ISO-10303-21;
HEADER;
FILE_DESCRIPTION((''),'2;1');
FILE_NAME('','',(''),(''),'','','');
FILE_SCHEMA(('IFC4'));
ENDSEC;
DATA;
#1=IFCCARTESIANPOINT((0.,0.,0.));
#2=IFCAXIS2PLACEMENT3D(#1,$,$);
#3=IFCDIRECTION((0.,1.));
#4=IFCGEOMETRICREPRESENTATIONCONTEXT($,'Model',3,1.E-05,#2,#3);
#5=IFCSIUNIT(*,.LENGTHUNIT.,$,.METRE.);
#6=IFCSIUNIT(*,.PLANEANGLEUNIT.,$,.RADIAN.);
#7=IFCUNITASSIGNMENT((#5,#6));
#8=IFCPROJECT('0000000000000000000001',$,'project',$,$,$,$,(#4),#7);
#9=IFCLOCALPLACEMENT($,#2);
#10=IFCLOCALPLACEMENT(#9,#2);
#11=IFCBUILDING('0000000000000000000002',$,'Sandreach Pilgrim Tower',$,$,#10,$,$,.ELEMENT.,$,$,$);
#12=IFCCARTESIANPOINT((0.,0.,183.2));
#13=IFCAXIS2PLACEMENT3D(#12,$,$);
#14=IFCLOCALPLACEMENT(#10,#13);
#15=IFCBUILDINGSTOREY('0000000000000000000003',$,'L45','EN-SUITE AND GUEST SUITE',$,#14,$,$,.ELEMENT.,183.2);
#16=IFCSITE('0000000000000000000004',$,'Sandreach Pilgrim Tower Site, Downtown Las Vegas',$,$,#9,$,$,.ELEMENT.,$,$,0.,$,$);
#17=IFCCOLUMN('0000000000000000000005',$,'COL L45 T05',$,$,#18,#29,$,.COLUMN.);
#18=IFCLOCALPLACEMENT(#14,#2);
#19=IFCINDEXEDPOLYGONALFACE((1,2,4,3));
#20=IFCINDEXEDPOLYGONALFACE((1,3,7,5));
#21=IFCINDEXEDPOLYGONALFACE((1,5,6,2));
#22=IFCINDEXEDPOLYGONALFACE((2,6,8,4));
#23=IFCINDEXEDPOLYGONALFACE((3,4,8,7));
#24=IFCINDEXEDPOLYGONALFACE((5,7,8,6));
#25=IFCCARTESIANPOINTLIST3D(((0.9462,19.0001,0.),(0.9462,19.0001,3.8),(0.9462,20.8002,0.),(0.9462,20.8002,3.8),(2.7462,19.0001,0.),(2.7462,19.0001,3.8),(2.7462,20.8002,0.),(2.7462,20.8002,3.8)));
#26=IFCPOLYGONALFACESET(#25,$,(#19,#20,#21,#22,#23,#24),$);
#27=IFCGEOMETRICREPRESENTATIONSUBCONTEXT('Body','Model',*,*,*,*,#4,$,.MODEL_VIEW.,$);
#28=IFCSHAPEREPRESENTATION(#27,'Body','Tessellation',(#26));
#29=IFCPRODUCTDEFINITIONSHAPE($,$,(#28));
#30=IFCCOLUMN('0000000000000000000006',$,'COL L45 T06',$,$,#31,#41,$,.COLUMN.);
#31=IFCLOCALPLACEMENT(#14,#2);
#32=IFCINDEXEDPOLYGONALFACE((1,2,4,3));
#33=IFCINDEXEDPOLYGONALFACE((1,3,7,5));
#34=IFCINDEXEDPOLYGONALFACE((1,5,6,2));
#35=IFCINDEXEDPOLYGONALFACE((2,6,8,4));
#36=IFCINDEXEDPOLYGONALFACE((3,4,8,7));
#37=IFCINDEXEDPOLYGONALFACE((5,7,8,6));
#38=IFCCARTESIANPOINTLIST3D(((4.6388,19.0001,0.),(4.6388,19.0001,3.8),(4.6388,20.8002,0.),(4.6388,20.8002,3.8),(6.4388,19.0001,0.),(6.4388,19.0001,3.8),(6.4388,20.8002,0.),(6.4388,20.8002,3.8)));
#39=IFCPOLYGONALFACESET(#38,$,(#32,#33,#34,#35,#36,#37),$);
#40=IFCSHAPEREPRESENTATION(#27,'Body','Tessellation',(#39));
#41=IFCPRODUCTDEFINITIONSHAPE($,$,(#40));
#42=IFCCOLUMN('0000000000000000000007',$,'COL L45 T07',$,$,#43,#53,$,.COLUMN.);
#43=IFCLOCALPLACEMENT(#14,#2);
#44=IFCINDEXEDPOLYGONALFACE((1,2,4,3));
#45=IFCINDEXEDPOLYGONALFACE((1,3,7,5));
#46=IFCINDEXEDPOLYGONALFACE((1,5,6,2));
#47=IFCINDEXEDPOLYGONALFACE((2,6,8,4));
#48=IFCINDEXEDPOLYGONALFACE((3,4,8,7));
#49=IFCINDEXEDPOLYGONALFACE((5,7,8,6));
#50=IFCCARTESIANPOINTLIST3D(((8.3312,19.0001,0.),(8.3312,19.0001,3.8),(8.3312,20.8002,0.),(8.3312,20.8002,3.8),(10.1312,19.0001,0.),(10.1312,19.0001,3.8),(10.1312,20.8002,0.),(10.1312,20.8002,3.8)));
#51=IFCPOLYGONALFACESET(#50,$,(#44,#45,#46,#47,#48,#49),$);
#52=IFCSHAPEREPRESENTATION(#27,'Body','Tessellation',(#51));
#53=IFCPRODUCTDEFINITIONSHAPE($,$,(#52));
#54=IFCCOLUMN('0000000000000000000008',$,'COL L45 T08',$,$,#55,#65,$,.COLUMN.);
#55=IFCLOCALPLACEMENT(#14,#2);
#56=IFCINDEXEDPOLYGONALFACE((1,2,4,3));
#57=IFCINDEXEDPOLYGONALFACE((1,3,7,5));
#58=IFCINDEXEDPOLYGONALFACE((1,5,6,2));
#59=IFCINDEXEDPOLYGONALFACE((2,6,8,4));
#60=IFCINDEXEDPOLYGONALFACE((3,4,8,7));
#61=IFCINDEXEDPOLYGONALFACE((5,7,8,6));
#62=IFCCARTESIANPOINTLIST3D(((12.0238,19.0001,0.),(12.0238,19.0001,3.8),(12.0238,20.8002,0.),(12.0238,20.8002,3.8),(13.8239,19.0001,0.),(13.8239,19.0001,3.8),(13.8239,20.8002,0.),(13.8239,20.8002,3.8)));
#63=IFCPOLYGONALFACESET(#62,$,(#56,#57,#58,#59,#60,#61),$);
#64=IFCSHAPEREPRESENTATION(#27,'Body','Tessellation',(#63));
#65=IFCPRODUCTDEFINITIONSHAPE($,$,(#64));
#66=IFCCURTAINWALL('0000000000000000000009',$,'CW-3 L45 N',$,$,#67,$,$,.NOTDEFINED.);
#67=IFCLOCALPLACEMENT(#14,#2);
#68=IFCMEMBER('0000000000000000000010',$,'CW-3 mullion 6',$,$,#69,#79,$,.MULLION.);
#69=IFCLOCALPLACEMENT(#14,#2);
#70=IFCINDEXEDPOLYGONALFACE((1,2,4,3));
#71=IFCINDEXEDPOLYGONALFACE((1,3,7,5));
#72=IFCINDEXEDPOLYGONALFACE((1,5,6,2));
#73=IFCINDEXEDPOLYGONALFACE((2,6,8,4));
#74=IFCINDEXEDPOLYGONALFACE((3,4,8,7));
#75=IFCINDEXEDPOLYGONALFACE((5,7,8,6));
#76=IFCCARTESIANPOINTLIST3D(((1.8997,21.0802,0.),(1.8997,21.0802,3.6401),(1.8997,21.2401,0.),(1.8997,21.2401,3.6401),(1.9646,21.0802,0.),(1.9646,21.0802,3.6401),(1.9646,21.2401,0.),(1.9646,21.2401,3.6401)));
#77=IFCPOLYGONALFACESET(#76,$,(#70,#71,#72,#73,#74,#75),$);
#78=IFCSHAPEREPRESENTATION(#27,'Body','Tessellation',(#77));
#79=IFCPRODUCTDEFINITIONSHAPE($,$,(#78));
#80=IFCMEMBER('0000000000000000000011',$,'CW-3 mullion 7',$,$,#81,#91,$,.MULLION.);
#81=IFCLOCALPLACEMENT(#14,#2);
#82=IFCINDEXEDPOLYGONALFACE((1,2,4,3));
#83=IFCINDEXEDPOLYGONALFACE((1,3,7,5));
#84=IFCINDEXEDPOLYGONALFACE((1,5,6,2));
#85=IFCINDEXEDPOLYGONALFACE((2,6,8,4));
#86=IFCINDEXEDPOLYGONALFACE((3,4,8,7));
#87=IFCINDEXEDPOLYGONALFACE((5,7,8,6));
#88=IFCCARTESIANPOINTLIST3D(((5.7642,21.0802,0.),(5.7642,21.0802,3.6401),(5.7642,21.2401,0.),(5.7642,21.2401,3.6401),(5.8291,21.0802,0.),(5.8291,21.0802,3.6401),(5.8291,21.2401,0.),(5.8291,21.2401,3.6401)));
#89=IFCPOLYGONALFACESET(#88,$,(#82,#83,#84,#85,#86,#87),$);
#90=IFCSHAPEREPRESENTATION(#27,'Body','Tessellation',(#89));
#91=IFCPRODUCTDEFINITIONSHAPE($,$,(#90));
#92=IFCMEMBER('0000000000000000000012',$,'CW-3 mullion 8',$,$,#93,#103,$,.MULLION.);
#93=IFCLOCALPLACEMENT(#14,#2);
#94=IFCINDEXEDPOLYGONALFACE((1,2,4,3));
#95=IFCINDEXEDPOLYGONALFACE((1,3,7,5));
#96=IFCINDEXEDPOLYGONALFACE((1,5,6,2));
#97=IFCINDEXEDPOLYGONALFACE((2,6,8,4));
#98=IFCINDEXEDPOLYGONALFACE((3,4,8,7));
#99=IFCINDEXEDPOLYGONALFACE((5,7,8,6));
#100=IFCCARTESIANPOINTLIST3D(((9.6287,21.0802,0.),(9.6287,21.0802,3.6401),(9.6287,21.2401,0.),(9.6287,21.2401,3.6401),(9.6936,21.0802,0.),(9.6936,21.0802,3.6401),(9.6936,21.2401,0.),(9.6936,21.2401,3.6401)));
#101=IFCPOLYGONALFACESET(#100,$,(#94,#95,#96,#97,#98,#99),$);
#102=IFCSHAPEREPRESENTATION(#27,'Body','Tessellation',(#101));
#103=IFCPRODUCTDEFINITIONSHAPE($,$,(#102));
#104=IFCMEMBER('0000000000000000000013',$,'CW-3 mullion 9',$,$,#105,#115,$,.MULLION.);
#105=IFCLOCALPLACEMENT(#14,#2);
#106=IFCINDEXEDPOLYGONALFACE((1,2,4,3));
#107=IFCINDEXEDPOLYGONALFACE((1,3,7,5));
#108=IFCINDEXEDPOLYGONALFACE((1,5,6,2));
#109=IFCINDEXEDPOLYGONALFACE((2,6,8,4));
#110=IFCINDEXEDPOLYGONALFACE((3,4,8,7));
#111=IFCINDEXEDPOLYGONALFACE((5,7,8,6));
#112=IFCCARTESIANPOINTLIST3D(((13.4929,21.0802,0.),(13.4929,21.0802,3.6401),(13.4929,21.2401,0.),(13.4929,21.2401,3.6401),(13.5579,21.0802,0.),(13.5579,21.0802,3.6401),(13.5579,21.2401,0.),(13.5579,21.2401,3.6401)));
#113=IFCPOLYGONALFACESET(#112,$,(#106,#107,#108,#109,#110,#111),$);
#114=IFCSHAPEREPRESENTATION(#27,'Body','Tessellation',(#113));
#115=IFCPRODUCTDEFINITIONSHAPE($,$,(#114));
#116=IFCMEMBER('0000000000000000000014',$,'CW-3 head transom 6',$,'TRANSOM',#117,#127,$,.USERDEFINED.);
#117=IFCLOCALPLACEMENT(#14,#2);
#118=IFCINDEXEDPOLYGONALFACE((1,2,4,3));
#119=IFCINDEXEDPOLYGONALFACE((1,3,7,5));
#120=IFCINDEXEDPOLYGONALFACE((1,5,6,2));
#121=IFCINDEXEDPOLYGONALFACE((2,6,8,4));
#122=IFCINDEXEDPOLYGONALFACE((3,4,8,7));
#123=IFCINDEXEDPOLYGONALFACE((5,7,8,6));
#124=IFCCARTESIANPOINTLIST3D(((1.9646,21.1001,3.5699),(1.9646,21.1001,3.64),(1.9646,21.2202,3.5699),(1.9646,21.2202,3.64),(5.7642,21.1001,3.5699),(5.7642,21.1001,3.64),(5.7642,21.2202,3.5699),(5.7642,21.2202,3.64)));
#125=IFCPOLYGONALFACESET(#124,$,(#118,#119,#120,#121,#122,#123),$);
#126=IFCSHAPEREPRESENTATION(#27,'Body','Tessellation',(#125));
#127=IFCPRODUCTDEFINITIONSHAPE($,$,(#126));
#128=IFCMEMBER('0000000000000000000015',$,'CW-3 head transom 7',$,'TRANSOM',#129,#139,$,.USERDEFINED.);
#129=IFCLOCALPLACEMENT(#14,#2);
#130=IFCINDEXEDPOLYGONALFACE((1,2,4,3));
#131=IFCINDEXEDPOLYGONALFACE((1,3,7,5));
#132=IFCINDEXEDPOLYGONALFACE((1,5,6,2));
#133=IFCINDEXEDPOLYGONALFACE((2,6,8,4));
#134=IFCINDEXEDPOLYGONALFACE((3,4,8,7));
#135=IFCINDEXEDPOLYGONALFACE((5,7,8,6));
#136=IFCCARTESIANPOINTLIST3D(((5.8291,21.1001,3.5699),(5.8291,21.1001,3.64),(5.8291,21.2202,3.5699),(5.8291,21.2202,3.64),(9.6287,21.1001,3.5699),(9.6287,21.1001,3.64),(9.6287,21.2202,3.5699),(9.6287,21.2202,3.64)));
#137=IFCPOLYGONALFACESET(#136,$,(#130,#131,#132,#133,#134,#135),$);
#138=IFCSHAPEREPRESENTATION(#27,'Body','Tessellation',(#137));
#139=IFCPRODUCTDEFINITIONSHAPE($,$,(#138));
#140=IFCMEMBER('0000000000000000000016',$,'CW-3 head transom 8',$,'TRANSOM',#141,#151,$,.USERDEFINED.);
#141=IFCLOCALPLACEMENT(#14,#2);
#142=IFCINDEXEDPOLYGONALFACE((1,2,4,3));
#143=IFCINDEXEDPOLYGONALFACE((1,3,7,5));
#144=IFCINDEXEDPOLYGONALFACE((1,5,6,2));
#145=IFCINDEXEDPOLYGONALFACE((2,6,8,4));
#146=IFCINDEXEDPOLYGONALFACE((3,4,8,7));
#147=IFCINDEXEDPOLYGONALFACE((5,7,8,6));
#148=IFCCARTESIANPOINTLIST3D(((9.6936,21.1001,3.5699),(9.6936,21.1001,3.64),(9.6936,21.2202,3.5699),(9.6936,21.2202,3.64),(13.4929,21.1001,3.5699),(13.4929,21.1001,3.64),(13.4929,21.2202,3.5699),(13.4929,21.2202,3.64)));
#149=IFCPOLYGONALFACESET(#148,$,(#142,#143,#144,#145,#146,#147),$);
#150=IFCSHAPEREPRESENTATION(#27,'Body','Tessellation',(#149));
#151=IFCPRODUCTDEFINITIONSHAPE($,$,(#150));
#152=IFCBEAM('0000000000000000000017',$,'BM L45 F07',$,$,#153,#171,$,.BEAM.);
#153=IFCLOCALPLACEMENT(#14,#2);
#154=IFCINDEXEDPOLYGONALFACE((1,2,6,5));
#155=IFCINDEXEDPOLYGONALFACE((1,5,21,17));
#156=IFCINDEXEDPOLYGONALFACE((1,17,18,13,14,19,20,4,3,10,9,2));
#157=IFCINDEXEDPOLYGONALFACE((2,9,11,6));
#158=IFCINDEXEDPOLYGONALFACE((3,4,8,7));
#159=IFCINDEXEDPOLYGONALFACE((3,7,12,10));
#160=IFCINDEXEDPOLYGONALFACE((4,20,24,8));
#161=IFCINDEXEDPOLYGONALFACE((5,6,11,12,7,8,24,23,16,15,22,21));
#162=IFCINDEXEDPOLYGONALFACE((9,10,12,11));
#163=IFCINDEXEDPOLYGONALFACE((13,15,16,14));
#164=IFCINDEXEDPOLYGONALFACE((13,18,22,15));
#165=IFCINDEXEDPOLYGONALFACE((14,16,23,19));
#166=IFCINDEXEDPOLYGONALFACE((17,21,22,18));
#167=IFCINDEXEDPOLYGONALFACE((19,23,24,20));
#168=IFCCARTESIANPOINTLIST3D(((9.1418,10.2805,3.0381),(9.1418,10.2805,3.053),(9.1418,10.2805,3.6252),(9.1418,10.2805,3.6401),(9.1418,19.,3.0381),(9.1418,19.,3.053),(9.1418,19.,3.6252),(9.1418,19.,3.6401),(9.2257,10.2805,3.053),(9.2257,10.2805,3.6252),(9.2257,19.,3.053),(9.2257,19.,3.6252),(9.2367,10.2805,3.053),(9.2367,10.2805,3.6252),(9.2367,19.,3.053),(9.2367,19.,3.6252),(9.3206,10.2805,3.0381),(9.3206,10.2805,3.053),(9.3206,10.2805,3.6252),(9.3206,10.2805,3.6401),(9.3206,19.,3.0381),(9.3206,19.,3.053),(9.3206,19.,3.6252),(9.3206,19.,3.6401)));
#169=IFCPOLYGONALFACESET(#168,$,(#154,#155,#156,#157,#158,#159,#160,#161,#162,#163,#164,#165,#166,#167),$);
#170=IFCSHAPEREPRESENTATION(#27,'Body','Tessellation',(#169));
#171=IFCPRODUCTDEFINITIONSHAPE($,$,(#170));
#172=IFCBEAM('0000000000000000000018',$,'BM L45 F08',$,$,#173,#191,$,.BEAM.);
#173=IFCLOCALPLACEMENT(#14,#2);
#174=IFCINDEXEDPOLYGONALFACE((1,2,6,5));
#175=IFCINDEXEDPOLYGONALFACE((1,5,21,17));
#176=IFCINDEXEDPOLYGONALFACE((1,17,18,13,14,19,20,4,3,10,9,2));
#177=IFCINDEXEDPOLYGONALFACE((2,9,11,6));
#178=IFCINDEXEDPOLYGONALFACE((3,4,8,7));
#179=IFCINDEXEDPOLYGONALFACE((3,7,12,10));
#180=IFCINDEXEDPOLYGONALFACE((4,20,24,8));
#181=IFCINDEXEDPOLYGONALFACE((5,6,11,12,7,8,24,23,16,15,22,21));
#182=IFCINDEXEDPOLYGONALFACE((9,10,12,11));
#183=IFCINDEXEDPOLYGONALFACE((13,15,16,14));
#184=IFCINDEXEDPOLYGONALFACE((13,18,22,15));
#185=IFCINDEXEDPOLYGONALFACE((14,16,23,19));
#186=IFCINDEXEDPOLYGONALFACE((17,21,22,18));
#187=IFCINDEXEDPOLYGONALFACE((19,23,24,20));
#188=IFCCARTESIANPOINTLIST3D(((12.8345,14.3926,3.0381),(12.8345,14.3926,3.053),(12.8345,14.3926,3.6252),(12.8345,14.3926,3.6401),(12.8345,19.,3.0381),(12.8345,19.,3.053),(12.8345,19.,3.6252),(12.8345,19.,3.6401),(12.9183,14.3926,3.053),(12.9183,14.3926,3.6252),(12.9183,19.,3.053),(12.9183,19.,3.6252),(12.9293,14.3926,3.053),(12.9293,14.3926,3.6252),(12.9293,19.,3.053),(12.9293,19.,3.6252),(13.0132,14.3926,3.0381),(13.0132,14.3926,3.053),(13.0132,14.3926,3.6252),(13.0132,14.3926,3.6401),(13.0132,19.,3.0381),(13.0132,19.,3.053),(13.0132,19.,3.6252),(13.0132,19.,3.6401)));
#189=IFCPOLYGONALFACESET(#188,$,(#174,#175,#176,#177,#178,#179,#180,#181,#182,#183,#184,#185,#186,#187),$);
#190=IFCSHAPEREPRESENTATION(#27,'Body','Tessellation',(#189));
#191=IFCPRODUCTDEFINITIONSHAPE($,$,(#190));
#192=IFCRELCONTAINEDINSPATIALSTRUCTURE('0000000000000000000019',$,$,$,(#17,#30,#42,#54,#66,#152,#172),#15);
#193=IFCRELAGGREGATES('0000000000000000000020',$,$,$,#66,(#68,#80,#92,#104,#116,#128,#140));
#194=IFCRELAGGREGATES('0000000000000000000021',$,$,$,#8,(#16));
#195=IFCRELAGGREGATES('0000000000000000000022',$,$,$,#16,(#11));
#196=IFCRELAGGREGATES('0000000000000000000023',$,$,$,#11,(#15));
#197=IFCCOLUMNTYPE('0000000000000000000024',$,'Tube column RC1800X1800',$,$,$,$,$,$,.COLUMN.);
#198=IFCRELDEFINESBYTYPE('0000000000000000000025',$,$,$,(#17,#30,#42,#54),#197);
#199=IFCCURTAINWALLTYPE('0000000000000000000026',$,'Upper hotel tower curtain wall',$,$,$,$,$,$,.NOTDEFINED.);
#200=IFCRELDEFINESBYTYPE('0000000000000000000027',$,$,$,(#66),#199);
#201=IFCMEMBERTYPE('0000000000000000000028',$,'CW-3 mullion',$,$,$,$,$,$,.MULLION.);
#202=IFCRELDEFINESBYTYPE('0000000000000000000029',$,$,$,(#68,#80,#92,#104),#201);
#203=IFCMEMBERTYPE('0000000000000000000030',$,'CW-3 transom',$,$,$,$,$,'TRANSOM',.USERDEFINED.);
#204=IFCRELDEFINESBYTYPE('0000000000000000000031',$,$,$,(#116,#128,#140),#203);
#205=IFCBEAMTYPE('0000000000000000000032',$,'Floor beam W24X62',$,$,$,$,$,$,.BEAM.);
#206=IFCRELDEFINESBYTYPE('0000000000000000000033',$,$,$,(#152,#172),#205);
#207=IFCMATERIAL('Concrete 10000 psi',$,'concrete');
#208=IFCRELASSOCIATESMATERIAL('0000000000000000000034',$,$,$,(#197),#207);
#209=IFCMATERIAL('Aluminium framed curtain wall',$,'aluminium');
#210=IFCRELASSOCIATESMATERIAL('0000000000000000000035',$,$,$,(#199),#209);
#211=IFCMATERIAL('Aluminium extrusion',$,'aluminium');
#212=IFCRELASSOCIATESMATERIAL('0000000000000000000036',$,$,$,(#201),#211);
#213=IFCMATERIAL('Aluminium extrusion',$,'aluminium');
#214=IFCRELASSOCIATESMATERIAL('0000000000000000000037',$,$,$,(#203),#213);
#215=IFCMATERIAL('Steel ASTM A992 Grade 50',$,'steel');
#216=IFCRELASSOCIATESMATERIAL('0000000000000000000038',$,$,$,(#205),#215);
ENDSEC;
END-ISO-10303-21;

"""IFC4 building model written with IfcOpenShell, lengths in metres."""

from ifc_helpers import new_model, si_unit, direction, frame, origin, origin_2d, place, context, subcontext, project, spatial, rectangle, i_section, extrude, material, material_profile, profile_set, type_object, element, aggregate, save


model = new_model("IFC4")

# Units and contexts
model_context = context("Model", 3, precision=1e-05, world=origin(), true_north=direction((0.0, 1.0)))
body_context = subcontext(model_context, "Body", "Model", "MODEL_VIEW")
ifc_project = project(units=[si_unit("LENGTHUNIT", "METRE"), si_unit("PLANEANGLEUNIT", "RADIAN")], contexts=[model_context])

# Site, building, storey
site_placement = place(None, origin())
site = spatial("IfcSite", under=ifc_project, at=site_placement, Name="Sandreach Pilgrim Tower Site, Downtown Las Vegas", CompositionType="ELEMENT", RefElevation=0.0)
building_placement = place(site_placement, origin())
building = spatial("IfcBuilding", under=site, at=building_placement, Name="Sandreach Pilgrim Tower", CompositionType="ELEMENT")
storey_placement = place(building_placement, frame((0.0, 0.0, 183.2)))
storey = spatial("IfcBuildingStorey", under=building, at=storey_placement, Name="L45", Description="EN-SUITE AND GUEST SUITE", CompositionType="ELEMENT", Elevation=183.2)

# Columns
ifc_material_1 = material(Name="Concrete 10000 psi", Category="concrete")
ifc_material_profile_1 = material_profile(ifc_material_1, rectangle(XDim=1.8, YDim=1.8, at=origin_2d()), Name="RC1800X1800")
ifc_profile_set_1 = profile_set([ifc_material_profile_1], Name="Concrete 10000 psi")
column_type = type_object("IfcColumnType", Name="Tube column RC1800X1800", PredefinedType="COLUMN", material=ifc_profile_set_1)
for number, where, z_axis, x_axis, name in (
    (1, (1.8462, 19.9001, 0.0), (0.0, 0.0, 1.0), (0.0, 1.0, 0.0), "COL L45 T05"),
    (2, (5.5388, 19.9001, 0.0), (0.0, 0.0, 1.0), (0.0, 1.0, 0.0), "COL L45 T06"),
    (3, (9.2312, 19.9001, 0.0), (0.0, 0.0, 1.0), (0.0, 1.0, 0.0), "COL L45 T07"),
    (4, (12.9238, 19.9001, 0.0), (0.0, 0.0, 1.0), (0.0, 1.0, 0.0), "COL L45 T08"),
):
    element("IfcColumn", number, at=place(storey_placement, frame(where, z_axis=z_axis, x_axis=x_axis)), inside=storey, type_object=column_type, Name=name, PredefinedType="COLUMN", context=body_context, shape_type="SweptSolid", body=[
        extrude(rectangle(XDim=1.8, YDim=1.8, at=origin_2d()), origin(), (0.0, 0.0, 1.0), 3.8),
    ])

# Curtain wall, members
ifc_material_2 = material(Name="Aluminium framed curtain wall", Category="aluminium")
curtain_wall_type = type_object("IfcCurtainWallType", Name="Upper hotel tower curtain wall", PredefinedType="NOTDEFINED", material=ifc_material_2)
curtain_wall_placement = place(storey_placement, origin())
curtain_wall = element("IfcCurtainWall", 5, at=curtain_wall_placement, inside=storey, type_object=curtain_wall_type, Name="CW-3 L45 N", PredefinedType="NOTDEFINED")
ifc_material_3 = material(Name="Aluminium extrusion", Category="aluminium")
ifc_material_profile_2 = material_profile(ifc_material_3, rectangle(XDim=0.0649, YDim=0.1599, at=origin_2d()), Name="CW-3M 65X160")
ifc_profile_set_2 = profile_set([ifc_material_profile_2], Name="Aluminium extrusion")
member_type_1 = type_object("IfcMemberType", Name="CW-3 mullion", PredefinedType="MULLION", material=ifc_profile_set_2)
member_1_placement = place(storey_placement, frame((1.9321, 21.1602, 0.0), z_axis=(0.0, 0.0, 1.0), x_axis=(1.0, 0.0, 0.0)))
member_1 = element("IfcMember", 6, at=member_1_placement, type_object=member_type_1, Name="CW-3 mullion 6", PredefinedType="MULLION", context=body_context, shape_type="SweptSolid", body=[
    extrude(rectangle(XDim=0.0649, YDim=0.1599, at=origin_2d()), origin(), (0.0, 0.0, 1.0), 3.6401),
])
member_2_placement = place(storey_placement, frame((5.7966, 21.1602, 0.0), z_axis=(0.0, 0.0, 1.0), x_axis=(1.0, 0.0, 0.0)))
member_2 = element("IfcMember", 7, at=member_2_placement, type_object=member_type_1, Name="CW-3 mullion 7", PredefinedType="MULLION", context=body_context, shape_type="SweptSolid", body=[
    extrude(rectangle(XDim=0.0649, YDim=0.1599, at=origin_2d()), origin(), (0.0, 0.0, 1.0), 3.6401),
])
member_3_placement = place(storey_placement, frame((9.6611, 21.1602, 0.0), z_axis=(0.0, 0.0, 1.0), x_axis=(1.0, 0.0, 0.0)))
member_3 = element("IfcMember", 8, at=member_3_placement, type_object=member_type_1, Name="CW-3 mullion 8", PredefinedType="MULLION", context=body_context, shape_type="SweptSolid", body=[
    extrude(rectangle(XDim=0.0649, YDim=0.1599, at=origin_2d()), origin(), (0.0, 0.0, 1.0), 3.6401),
])
member_4_placement = place(storey_placement, frame((13.5254, 21.1602, 0.0), z_axis=(0.0, 0.0, 1.0), x_axis=(1.0, 0.0, 0.0)))
member_4 = element("IfcMember", 9, at=member_4_placement, type_object=member_type_1, Name="CW-3 mullion 9", PredefinedType="MULLION", context=body_context, shape_type="SweptSolid", body=[
    extrude(rectangle(XDim=0.0649, YDim=0.1599, at=origin_2d()), origin(), (0.0, 0.0, 1.0), 3.6401),
])
ifc_material_4 = material(Name="Aluminium extrusion", Category="aluminium")
ifc_material_profile_3 = material_profile(ifc_material_4, rectangle(XDim=0.1201, YDim=0.0701, at=origin_2d()), Name="CW-3T 120X70")
ifc_profile_set_3 = profile_set([ifc_material_profile_3], Name="Aluminium extrusion")
member_type_2 = type_object("IfcMemberType", Name="CW-3 transom", ElementType="TRANSOM", PredefinedType="USERDEFINED", material=ifc_profile_set_3)
member_5_placement = place(storey_placement, frame((1.9646, 21.1602, 3.605), z_axis=(1.0, 0.0, 0.0), x_axis=(0.0, 1.0, 0.0)))
member_5 = element("IfcMember", 10, at=member_5_placement, type_object=member_type_2, Name="CW-3 head transom 6", ObjectType="TRANSOM", PredefinedType="USERDEFINED", context=body_context, shape_type="SweptSolid", body=[
    extrude(rectangle(XDim=0.1201, YDim=0.0701, at=origin_2d()), origin(), (0.0, 0.0, 1.0), 3.7996),
])
member_6_placement = place(storey_placement, frame((5.8291, 21.1602, 3.605), z_axis=(1.0, 0.0, 0.0), x_axis=(0.0, 1.0, 0.0)))
member_6 = element("IfcMember", 11, at=member_6_placement, type_object=member_type_2, Name="CW-3 head transom 7", ObjectType="TRANSOM", PredefinedType="USERDEFINED", context=body_context, shape_type="SweptSolid", body=[
    extrude(rectangle(XDim=0.1201, YDim=0.0701, at=origin_2d()), origin(), (0.0, 0.0, 1.0), 3.7996),
])
member_7_placement = place(storey_placement, frame((9.6936, 21.1602, 3.605), z_axis=(1.0, 0.0, 0.0), x_axis=(0.0, 1.0, 0.0)))
member_7 = element("IfcMember", 12, at=member_7_placement, type_object=member_type_2, Name="CW-3 head transom 8", ObjectType="TRANSOM", PredefinedType="USERDEFINED", context=body_context, shape_type="SweptSolid", body=[
    extrude(rectangle(XDim=0.1201, YDim=0.0701, at=origin_2d()), origin(), (0.0, 0.0, 1.0), 3.7993),
])

# Beams
ifc_material_5 = material(Name="Steel ASTM A992 Grade 50", Category="steel")
ifc_material_profile_4 = material_profile(ifc_material_5, i_section(OverallWidth=0.1787, OverallDepth=0.6021, WebThickness=0.011, FlangeThickness=0.0149, at=origin_2d()), Name="W24X62")
ifc_profile_set_4 = profile_set([ifc_material_profile_4], Name="Steel ASTM A992 Grade 50")
beam_type_1 = type_object("IfcBeamType", Name="Floor beam W24X62", PredefinedType="BEAM", material=ifc_profile_set_4)
beam_1_placement = place(storey_placement, frame((9.2312, 19.0, 3.3391), z_axis=(0.0, -1.0, 0.0), x_axis=(1.0, 0.0, 0.0)))
element("IfcBeam", 13, at=beam_1_placement, inside=storey, type_object=beam_type_1, Name="BM L45 F07", PredefinedType="BEAM", context=body_context, shape_type="SweptSolid", body=[
    extrude(i_section(OverallWidth=0.1787, OverallDepth=0.6021, WebThickness=0.011, FlangeThickness=0.0149, at=origin_2d()), origin(), (0.0, 0.0, 1.0), 8.7195),
])
beam_2_placement = place(storey_placement, frame((12.9238, 19.0, 3.3391), z_axis=(0.0, -1.0, 0.0), x_axis=(1.0, 0.0, 0.0)))
element("IfcBeam", 14, at=beam_2_placement, inside=storey, type_object=beam_type_1, Name="BM L45 F08", PredefinedType="BEAM", context=body_context, shape_type="SweptSolid", body=[
    extrude(i_section(OverallWidth=0.1787, OverallDepth=0.6021, WebThickness=0.011, FlangeThickness=0.0149, at=origin_2d()), origin(), (0.0, 0.0, 1.0), 4.6074),
])

aggregate(curtain_wall, [member_1, member_2, member_3, member_4, member_5, member_6, member_7])

save(model, "model.ifc")
